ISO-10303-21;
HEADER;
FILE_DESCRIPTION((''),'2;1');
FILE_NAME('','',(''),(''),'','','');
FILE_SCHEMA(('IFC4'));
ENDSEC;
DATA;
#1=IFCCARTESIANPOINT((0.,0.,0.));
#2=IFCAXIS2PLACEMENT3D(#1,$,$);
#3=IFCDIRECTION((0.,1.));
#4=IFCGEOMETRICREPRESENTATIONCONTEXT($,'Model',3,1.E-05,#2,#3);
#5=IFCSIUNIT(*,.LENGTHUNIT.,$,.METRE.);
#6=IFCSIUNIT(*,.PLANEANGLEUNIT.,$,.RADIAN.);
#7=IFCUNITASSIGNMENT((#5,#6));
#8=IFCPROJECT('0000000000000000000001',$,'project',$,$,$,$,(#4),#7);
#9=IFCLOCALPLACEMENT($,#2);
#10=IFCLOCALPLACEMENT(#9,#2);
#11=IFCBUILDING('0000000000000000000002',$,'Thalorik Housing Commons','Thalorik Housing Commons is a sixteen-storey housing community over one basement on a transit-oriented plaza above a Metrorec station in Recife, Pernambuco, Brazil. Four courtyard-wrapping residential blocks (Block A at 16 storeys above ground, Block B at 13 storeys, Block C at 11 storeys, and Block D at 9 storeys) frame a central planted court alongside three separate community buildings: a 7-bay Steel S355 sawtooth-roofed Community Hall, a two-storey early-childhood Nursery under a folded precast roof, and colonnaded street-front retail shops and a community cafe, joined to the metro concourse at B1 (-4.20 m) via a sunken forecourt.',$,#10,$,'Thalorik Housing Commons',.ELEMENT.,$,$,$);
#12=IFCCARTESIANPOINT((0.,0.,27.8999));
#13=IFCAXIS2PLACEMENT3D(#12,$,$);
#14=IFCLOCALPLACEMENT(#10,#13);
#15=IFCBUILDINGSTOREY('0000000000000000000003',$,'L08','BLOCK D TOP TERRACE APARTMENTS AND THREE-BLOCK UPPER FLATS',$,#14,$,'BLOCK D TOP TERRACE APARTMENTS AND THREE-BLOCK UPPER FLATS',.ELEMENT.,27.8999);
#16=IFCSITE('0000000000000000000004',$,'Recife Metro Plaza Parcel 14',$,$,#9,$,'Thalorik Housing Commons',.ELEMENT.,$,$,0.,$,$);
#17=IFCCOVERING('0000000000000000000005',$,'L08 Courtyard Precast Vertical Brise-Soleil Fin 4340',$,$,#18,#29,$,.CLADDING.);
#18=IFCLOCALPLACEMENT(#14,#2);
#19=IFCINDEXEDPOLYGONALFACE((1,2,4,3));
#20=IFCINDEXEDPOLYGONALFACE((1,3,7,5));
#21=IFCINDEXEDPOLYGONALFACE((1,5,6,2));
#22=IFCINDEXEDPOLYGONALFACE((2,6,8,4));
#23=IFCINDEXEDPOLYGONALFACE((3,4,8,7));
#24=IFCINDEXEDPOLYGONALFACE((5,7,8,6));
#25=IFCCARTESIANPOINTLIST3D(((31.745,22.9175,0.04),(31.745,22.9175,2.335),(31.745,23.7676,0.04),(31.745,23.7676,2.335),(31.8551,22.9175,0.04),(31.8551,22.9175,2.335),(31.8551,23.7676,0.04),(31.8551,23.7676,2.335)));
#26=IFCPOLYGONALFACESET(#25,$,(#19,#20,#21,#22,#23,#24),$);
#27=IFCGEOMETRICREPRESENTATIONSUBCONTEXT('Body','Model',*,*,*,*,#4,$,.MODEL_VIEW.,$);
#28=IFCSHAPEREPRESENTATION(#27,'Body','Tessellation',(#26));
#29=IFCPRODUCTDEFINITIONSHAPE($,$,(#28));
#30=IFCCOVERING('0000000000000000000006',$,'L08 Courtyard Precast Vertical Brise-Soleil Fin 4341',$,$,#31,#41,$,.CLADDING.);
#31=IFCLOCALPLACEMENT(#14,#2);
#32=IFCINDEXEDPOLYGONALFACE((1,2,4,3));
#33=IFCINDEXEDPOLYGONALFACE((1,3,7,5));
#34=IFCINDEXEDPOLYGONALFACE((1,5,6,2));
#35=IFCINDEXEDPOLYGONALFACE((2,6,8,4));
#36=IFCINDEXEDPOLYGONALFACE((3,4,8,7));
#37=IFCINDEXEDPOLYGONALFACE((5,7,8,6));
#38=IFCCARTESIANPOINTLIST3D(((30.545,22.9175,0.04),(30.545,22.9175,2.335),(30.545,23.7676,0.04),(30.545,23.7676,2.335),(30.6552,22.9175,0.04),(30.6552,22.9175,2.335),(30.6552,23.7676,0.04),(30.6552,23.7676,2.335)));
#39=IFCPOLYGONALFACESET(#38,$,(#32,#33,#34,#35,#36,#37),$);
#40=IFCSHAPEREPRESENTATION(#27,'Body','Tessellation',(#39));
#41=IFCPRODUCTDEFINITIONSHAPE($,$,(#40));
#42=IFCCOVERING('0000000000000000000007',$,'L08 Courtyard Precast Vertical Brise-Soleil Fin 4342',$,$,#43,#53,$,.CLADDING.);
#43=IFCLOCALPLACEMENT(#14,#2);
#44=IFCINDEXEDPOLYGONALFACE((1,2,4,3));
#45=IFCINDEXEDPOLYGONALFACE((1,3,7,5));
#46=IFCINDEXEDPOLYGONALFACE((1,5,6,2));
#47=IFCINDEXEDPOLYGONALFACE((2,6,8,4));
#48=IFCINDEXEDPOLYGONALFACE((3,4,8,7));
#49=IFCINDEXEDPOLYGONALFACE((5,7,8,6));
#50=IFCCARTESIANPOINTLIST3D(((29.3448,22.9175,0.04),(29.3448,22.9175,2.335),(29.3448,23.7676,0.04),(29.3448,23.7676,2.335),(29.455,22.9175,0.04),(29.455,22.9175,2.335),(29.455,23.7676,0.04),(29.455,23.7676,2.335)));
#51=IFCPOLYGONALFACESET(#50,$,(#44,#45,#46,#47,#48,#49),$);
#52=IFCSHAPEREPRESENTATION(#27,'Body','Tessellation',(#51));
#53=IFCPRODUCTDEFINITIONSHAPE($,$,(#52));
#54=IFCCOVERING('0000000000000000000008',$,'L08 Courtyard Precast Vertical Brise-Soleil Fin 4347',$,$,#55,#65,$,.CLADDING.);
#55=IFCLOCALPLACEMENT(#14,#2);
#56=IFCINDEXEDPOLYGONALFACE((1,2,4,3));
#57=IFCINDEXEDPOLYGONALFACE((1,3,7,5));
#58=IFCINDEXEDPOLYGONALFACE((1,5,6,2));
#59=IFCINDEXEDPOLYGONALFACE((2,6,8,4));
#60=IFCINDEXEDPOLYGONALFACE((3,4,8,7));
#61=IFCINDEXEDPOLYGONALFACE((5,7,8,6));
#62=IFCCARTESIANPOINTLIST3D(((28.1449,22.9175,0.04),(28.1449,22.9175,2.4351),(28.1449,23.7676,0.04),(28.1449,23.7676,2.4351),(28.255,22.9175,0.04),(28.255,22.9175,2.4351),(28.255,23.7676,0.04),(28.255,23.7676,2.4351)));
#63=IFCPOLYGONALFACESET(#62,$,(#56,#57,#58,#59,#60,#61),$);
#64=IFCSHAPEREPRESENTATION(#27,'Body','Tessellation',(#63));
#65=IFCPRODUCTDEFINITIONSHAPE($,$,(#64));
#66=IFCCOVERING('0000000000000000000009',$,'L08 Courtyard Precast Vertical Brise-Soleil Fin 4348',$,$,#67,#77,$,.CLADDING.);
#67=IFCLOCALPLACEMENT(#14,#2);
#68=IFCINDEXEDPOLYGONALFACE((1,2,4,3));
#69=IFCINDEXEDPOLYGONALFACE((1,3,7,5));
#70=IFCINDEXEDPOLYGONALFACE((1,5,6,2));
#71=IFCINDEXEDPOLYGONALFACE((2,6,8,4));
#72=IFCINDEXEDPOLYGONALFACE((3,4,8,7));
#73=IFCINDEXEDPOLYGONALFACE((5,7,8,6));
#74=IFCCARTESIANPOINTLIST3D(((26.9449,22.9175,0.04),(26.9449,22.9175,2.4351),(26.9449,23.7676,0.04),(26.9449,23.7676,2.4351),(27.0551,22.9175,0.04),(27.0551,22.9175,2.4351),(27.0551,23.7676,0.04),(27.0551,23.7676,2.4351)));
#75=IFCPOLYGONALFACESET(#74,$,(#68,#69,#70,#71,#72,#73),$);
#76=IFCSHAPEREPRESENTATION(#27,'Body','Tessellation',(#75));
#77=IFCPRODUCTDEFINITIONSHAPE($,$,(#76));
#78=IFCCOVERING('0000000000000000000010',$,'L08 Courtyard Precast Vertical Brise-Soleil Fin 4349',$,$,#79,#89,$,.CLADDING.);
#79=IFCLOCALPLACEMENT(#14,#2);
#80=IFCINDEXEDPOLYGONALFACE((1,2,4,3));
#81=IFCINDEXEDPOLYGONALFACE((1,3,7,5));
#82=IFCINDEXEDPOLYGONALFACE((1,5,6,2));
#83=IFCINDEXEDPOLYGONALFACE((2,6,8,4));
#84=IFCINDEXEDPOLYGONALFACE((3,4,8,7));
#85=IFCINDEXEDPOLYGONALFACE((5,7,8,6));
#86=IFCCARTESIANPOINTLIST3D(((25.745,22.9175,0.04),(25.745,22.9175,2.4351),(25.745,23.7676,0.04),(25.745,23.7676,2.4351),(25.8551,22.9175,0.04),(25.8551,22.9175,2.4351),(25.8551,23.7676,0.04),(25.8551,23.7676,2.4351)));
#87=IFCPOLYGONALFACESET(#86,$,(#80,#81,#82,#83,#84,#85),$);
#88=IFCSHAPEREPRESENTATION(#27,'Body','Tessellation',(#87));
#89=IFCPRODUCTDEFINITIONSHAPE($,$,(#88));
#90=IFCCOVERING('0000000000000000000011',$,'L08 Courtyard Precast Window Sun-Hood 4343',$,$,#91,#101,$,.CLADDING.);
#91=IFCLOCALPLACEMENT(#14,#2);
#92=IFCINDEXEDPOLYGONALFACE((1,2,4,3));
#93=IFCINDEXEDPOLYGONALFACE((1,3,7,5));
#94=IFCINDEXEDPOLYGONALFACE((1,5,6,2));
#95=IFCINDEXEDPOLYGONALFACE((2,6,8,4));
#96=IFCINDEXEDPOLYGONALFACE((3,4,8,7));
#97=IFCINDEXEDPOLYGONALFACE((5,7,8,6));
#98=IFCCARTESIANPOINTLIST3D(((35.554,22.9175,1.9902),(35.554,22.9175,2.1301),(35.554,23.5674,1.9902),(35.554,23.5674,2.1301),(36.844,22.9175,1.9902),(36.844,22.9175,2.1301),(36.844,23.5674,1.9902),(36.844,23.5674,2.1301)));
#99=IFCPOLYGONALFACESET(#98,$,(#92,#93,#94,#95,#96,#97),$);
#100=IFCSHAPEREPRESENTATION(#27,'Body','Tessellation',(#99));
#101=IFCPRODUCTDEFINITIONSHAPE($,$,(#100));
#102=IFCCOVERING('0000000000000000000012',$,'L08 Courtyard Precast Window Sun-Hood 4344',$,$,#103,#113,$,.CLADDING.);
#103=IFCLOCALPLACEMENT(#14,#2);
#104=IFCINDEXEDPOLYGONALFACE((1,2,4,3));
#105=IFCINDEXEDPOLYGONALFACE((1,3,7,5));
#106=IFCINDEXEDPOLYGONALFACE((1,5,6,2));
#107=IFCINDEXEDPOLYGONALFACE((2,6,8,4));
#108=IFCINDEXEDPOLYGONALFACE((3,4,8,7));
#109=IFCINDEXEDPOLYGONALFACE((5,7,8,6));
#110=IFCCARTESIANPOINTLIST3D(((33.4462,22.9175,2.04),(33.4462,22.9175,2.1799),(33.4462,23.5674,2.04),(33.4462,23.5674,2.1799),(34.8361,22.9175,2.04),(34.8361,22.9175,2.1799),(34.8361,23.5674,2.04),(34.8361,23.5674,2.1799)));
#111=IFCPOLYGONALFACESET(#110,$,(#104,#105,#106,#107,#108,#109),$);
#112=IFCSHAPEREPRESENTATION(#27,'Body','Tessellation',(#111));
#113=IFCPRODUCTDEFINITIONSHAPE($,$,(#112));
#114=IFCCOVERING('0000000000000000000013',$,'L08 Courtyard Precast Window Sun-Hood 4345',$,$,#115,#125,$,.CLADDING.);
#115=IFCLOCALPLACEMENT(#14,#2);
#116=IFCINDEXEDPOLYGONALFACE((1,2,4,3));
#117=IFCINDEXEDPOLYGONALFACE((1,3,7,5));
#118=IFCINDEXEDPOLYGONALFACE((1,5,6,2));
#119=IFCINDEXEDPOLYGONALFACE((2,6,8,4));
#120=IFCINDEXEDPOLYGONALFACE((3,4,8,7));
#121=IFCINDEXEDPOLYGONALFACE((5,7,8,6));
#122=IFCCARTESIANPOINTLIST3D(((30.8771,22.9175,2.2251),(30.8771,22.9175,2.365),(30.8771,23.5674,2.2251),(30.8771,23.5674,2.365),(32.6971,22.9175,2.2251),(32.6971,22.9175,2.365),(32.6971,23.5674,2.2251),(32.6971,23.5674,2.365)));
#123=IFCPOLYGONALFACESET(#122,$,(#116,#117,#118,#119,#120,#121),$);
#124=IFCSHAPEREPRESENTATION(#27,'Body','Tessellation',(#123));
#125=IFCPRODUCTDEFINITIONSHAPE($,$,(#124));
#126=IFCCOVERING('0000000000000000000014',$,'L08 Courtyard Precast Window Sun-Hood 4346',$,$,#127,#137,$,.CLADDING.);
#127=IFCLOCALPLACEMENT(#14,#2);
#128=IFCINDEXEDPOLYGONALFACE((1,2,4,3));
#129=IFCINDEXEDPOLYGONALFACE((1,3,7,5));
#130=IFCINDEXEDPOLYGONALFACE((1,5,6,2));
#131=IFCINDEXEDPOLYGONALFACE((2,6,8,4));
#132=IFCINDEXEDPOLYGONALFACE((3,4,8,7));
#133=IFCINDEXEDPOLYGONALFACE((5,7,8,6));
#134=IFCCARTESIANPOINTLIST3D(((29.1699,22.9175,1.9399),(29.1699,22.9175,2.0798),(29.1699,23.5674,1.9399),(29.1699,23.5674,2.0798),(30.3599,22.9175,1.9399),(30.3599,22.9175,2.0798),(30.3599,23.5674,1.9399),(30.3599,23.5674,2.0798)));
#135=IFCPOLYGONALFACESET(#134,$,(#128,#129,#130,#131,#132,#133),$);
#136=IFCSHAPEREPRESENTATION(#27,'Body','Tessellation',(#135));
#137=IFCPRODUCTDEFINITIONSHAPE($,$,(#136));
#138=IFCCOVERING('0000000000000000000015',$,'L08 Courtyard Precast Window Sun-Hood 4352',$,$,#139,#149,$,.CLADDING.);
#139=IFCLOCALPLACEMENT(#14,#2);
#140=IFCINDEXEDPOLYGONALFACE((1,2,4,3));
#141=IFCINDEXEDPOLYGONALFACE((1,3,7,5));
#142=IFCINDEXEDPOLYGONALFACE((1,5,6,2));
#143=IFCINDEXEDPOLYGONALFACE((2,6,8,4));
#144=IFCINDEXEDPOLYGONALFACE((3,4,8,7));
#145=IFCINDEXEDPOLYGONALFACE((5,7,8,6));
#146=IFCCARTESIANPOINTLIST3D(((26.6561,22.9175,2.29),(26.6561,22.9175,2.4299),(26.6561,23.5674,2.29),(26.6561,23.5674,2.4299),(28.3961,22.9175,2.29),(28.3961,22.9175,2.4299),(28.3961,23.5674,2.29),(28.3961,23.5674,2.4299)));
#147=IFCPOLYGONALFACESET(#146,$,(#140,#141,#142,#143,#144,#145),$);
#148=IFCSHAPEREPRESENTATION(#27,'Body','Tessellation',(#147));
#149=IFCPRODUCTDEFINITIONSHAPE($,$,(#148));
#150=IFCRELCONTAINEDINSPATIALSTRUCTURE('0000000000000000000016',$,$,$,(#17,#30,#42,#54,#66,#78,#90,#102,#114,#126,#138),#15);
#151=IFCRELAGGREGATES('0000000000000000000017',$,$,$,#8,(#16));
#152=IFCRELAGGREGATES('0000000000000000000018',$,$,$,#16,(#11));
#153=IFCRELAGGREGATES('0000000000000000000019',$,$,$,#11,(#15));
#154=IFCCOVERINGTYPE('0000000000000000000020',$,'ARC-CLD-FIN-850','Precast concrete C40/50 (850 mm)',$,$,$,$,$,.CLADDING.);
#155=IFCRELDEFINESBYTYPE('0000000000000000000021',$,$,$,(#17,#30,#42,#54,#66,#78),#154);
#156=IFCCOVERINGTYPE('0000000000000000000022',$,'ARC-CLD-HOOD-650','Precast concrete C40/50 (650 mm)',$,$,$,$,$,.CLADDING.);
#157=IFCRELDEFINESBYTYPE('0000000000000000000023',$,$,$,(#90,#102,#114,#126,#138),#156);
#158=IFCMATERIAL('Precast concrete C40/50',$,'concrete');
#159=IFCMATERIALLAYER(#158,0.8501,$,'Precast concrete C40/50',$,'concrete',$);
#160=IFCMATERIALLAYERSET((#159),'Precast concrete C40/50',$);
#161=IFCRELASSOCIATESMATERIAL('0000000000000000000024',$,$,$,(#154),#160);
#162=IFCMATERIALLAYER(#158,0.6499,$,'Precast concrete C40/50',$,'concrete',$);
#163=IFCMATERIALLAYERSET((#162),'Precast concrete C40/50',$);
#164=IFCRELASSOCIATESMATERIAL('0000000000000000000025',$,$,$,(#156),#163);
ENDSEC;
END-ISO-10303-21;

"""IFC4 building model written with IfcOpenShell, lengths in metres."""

from ifc_helpers import new_model, si_unit, direction, frame, origin, origin_2d, place, context, subcontext, project, spatial, rectangle, extrude, material, layer, layer_set, type_object, element, save


model = new_model("IFC4")

# Units and contexts
model_context = context("Model", 3, precision=1e-05, world=origin(), true_north=direction((0.0, 1.0)))
body_context = subcontext(model_context, "Body", "Model", "MODEL_VIEW")
ifc_project = project(units=[si_unit("LENGTHUNIT", "METRE"), si_unit("PLANEANGLEUNIT", "RADIAN")], contexts=[model_context])

# Site, building, storey
site_placement = place(None, origin())
site = spatial("IfcSite", under=ifc_project, at=site_placement, Name="Recife Metro Plaza Parcel 14", LongName="Thalorik Housing Commons", CompositionType="ELEMENT", RefElevation=0.0)
building_placement = place(site_placement, origin())
building = spatial("IfcBuilding", under=site, at=building_placement, Name="Thalorik Housing Commons", Description="Thalorik Housing Commons is a sixteen-storey housing community over one basement on a transit-oriented plaza above a Metrorec station in Recife, Pernambuco, Brazil. Four courtyard-wrapping residential blocks (Block A at 16 storeys above ground, Block B at 13 storeys, Block C at 11 storeys, and Block D at 9 storeys) frame a central planted court alongside three separate community buildings: a 7-bay Steel S355 sawtooth-roofed Community Hall, a two-storey early-childhood Nursery under a folded precast roof, and colonnaded street-front retail shops and a community cafe, joined to the metro concourse at B1 (-4.20 m) via a sunken forecourt.", LongName="Thalorik Housing Commons", CompositionType="ELEMENT")
storey_placement = place(building_placement, frame((0.0, 0.0, 27.8999)))
storey = spatial("IfcBuildingStorey", under=building, at=storey_placement, Name="L08", Description="BLOCK D TOP TERRACE APARTMENTS AND THREE-BLOCK UPPER FLATS", LongName="BLOCK D TOP TERRACE APARTMENTS AND THREE-BLOCK UPPER FLATS", CompositionType="ELEMENT", Elevation=27.8999)

# Shared definitions
ifc_material_1 = material(Name="Precast concrete C40/50", Category="concrete")

# Coverings
ifc_layer_1 = layer(ifc_material_1, 0.8501, Name="Precast concrete C40/50", Category="concrete")
ifc_layer_set_1 = layer_set([ifc_layer_1], Name="Precast concrete C40/50")
covering_type_1 = type_object("IfcCoveringType", Name="ARC-CLD-FIN-850", Description="Precast concrete C40/50 (850 mm)", PredefinedType="CLADDING", material=ifc_layer_set_1)
for number, where, z_axis, x_axis, name in (
    (1, (31.8, 23.3425, 0.04), (0.0, 0.0, 1.0), (-1.0, 0.0, 0.0), "L08 Courtyard Precast Vertical Brise-Soleil Fin 4340"),
    (2, (30.6001, 23.3425, 0.04), (0.0, 0.0, 1.0), (-1.0, 0.0, 0.0), "L08 Courtyard Precast Vertical Brise-Soleil Fin 4341"),
    (3, (29.3999, 23.3425, 0.04), (0.0, 0.0, 1.0), (-1.0, 0.0, 0.0), "L08 Courtyard Precast Vertical Brise-Soleil Fin 4342"),
):
    element("IfcCovering", number, at=place(storey_placement, frame(where, z_axis=z_axis, x_axis=x_axis)), inside=storey, type_object=covering_type_1, Name=name, PredefinedType="CLADDING", context=body_context, shape_type="SweptSolid", body=[
        extrude(rectangle(XDim=0.1101, YDim=0.8501, at=origin_2d()), origin(), (0.0, 0.0, 1.0), 2.2949),
    ])
for number, where, z_axis, x_axis, name in (
    (4, (28.2, 23.3425, 0.04), (0.0, 0.0, 1.0), (-1.0, 0.0, 0.0), "L08 Courtyard Precast Vertical Brise-Soleil Fin 4347"),
    (5, (27.0, 23.3425, 0.04), (0.0, 0.0, 1.0), (-1.0, 0.0, 0.0), "L08 Courtyard Precast Vertical Brise-Soleil Fin 4348"),
    (6, (25.8, 23.3425, 0.04), (0.0, 0.0, 1.0), (-1.0, 0.0, 0.0), "L08 Courtyard Precast Vertical Brise-Soleil Fin 4349"),
):
    element("IfcCovering", number, at=place(storey_placement, frame(where, z_axis=z_axis, x_axis=x_axis)), inside=storey, type_object=covering_type_1, Name=name, PredefinedType="CLADDING", context=body_context, shape_type="SweptSolid", body=[
        extrude(rectangle(XDim=0.1101, YDim=0.8501, at=origin_2d()), origin(), (0.0, 0.0, 1.0), 2.395),
    ])
ifc_layer_2 = layer(ifc_material_1, 0.6499, Name="Precast concrete C40/50", Category="concrete")
ifc_layer_set_2 = layer_set([ifc_layer_2], Name="Precast concrete C40/50")
covering_type_2 = type_object("IfcCoveringType", Name="ARC-CLD-HOOD-650", Description="Precast concrete C40/50 (650 mm)", PredefinedType="CLADDING", material=ifc_layer_set_2)
covering_1_placement = place(storey_placement, frame((36.199, 23.2424, 1.9902), z_axis=(0.0, 0.0, 1.0), x_axis=(-1.0, 0.0, 0.0)))
element("IfcCovering", 7, at=covering_1_placement, inside=storey, type_object=covering_type_2, Name="L08 Courtyard Precast Window Sun-Hood 4343", PredefinedType="CLADDING", context=body_context, shape_type="SweptSolid", body=[
    extrude(rectangle(XDim=1.29, YDim=0.6499, at=origin_2d()), origin(), (0.0, 0.0, 1.0), 0.1399),
])
covering_2_placement = place(storey_placement, frame((34.1411, 23.2424, 2.04), z_axis=(0.0, 0.0, 1.0), x_axis=(-1.0, 0.0, 0.0)))
element("IfcCovering", 8, at=covering_2_placement, inside=storey, type_object=covering_type_2, Name="L08 Courtyard Precast Window Sun-Hood 4344", PredefinedType="CLADDING", context=body_context, shape_type="SweptSolid", body=[
    extrude(rectangle(XDim=1.3899, YDim=0.6499, at=origin_2d()), origin(), (0.0, 0.0, 1.0), 0.1399),
])
covering_3_placement = place(storey_placement, frame((31.7871, 23.2424, 2.2251), z_axis=(0.0, 0.0, 1.0), x_axis=(-1.0, 0.0, 0.0)))
element("IfcCovering", 9, at=covering_3_placement, inside=storey, type_object=covering_type_2, Name="L08 Courtyard Precast Window Sun-Hood 4345", PredefinedType="CLADDING", context=body_context, shape_type="SweptSolid", body=[
    extrude(rectangle(XDim=1.8201, YDim=0.6499, at=origin_2d()), origin(), (0.0, 0.0, 1.0), 0.1399),
])
covering_4_placement = place(storey_placement, frame((29.7649, 23.2424, 1.9399), z_axis=(0.0, 0.0, 1.0), x_axis=(-1.0, 0.0, 0.0)))
element("IfcCovering", 10, at=covering_4_placement, inside=storey, type_object=covering_type_2, Name="L08 Courtyard Precast Window Sun-Hood 4346", PredefinedType="CLADDING", context=body_context, shape_type="SweptSolid", body=[
    extrude(rectangle(XDim=1.1899, YDim=0.6499, at=origin_2d()), origin(), (0.0, 0.0, 1.0), 0.1399),
])
covering_5_placement = place(storey_placement, frame((27.5261, 23.2424, 2.29), z_axis=(0.0, 0.0, 1.0), x_axis=(-1.0, 0.0, 0.0)))
element("IfcCovering", 11, at=covering_5_placement, inside=storey, type_object=covering_type_2, Name="L08 Courtyard Precast Window Sun-Hood 4352", PredefinedType="CLADDING", context=body_context, shape_type="SweptSolid", body=[
    extrude(rectangle(XDim=1.74, YDim=0.6499, at=origin_2d()), origin(), (0.0, 0.0, 1.0), 0.1399),
])

save(model, "model.ifc")
